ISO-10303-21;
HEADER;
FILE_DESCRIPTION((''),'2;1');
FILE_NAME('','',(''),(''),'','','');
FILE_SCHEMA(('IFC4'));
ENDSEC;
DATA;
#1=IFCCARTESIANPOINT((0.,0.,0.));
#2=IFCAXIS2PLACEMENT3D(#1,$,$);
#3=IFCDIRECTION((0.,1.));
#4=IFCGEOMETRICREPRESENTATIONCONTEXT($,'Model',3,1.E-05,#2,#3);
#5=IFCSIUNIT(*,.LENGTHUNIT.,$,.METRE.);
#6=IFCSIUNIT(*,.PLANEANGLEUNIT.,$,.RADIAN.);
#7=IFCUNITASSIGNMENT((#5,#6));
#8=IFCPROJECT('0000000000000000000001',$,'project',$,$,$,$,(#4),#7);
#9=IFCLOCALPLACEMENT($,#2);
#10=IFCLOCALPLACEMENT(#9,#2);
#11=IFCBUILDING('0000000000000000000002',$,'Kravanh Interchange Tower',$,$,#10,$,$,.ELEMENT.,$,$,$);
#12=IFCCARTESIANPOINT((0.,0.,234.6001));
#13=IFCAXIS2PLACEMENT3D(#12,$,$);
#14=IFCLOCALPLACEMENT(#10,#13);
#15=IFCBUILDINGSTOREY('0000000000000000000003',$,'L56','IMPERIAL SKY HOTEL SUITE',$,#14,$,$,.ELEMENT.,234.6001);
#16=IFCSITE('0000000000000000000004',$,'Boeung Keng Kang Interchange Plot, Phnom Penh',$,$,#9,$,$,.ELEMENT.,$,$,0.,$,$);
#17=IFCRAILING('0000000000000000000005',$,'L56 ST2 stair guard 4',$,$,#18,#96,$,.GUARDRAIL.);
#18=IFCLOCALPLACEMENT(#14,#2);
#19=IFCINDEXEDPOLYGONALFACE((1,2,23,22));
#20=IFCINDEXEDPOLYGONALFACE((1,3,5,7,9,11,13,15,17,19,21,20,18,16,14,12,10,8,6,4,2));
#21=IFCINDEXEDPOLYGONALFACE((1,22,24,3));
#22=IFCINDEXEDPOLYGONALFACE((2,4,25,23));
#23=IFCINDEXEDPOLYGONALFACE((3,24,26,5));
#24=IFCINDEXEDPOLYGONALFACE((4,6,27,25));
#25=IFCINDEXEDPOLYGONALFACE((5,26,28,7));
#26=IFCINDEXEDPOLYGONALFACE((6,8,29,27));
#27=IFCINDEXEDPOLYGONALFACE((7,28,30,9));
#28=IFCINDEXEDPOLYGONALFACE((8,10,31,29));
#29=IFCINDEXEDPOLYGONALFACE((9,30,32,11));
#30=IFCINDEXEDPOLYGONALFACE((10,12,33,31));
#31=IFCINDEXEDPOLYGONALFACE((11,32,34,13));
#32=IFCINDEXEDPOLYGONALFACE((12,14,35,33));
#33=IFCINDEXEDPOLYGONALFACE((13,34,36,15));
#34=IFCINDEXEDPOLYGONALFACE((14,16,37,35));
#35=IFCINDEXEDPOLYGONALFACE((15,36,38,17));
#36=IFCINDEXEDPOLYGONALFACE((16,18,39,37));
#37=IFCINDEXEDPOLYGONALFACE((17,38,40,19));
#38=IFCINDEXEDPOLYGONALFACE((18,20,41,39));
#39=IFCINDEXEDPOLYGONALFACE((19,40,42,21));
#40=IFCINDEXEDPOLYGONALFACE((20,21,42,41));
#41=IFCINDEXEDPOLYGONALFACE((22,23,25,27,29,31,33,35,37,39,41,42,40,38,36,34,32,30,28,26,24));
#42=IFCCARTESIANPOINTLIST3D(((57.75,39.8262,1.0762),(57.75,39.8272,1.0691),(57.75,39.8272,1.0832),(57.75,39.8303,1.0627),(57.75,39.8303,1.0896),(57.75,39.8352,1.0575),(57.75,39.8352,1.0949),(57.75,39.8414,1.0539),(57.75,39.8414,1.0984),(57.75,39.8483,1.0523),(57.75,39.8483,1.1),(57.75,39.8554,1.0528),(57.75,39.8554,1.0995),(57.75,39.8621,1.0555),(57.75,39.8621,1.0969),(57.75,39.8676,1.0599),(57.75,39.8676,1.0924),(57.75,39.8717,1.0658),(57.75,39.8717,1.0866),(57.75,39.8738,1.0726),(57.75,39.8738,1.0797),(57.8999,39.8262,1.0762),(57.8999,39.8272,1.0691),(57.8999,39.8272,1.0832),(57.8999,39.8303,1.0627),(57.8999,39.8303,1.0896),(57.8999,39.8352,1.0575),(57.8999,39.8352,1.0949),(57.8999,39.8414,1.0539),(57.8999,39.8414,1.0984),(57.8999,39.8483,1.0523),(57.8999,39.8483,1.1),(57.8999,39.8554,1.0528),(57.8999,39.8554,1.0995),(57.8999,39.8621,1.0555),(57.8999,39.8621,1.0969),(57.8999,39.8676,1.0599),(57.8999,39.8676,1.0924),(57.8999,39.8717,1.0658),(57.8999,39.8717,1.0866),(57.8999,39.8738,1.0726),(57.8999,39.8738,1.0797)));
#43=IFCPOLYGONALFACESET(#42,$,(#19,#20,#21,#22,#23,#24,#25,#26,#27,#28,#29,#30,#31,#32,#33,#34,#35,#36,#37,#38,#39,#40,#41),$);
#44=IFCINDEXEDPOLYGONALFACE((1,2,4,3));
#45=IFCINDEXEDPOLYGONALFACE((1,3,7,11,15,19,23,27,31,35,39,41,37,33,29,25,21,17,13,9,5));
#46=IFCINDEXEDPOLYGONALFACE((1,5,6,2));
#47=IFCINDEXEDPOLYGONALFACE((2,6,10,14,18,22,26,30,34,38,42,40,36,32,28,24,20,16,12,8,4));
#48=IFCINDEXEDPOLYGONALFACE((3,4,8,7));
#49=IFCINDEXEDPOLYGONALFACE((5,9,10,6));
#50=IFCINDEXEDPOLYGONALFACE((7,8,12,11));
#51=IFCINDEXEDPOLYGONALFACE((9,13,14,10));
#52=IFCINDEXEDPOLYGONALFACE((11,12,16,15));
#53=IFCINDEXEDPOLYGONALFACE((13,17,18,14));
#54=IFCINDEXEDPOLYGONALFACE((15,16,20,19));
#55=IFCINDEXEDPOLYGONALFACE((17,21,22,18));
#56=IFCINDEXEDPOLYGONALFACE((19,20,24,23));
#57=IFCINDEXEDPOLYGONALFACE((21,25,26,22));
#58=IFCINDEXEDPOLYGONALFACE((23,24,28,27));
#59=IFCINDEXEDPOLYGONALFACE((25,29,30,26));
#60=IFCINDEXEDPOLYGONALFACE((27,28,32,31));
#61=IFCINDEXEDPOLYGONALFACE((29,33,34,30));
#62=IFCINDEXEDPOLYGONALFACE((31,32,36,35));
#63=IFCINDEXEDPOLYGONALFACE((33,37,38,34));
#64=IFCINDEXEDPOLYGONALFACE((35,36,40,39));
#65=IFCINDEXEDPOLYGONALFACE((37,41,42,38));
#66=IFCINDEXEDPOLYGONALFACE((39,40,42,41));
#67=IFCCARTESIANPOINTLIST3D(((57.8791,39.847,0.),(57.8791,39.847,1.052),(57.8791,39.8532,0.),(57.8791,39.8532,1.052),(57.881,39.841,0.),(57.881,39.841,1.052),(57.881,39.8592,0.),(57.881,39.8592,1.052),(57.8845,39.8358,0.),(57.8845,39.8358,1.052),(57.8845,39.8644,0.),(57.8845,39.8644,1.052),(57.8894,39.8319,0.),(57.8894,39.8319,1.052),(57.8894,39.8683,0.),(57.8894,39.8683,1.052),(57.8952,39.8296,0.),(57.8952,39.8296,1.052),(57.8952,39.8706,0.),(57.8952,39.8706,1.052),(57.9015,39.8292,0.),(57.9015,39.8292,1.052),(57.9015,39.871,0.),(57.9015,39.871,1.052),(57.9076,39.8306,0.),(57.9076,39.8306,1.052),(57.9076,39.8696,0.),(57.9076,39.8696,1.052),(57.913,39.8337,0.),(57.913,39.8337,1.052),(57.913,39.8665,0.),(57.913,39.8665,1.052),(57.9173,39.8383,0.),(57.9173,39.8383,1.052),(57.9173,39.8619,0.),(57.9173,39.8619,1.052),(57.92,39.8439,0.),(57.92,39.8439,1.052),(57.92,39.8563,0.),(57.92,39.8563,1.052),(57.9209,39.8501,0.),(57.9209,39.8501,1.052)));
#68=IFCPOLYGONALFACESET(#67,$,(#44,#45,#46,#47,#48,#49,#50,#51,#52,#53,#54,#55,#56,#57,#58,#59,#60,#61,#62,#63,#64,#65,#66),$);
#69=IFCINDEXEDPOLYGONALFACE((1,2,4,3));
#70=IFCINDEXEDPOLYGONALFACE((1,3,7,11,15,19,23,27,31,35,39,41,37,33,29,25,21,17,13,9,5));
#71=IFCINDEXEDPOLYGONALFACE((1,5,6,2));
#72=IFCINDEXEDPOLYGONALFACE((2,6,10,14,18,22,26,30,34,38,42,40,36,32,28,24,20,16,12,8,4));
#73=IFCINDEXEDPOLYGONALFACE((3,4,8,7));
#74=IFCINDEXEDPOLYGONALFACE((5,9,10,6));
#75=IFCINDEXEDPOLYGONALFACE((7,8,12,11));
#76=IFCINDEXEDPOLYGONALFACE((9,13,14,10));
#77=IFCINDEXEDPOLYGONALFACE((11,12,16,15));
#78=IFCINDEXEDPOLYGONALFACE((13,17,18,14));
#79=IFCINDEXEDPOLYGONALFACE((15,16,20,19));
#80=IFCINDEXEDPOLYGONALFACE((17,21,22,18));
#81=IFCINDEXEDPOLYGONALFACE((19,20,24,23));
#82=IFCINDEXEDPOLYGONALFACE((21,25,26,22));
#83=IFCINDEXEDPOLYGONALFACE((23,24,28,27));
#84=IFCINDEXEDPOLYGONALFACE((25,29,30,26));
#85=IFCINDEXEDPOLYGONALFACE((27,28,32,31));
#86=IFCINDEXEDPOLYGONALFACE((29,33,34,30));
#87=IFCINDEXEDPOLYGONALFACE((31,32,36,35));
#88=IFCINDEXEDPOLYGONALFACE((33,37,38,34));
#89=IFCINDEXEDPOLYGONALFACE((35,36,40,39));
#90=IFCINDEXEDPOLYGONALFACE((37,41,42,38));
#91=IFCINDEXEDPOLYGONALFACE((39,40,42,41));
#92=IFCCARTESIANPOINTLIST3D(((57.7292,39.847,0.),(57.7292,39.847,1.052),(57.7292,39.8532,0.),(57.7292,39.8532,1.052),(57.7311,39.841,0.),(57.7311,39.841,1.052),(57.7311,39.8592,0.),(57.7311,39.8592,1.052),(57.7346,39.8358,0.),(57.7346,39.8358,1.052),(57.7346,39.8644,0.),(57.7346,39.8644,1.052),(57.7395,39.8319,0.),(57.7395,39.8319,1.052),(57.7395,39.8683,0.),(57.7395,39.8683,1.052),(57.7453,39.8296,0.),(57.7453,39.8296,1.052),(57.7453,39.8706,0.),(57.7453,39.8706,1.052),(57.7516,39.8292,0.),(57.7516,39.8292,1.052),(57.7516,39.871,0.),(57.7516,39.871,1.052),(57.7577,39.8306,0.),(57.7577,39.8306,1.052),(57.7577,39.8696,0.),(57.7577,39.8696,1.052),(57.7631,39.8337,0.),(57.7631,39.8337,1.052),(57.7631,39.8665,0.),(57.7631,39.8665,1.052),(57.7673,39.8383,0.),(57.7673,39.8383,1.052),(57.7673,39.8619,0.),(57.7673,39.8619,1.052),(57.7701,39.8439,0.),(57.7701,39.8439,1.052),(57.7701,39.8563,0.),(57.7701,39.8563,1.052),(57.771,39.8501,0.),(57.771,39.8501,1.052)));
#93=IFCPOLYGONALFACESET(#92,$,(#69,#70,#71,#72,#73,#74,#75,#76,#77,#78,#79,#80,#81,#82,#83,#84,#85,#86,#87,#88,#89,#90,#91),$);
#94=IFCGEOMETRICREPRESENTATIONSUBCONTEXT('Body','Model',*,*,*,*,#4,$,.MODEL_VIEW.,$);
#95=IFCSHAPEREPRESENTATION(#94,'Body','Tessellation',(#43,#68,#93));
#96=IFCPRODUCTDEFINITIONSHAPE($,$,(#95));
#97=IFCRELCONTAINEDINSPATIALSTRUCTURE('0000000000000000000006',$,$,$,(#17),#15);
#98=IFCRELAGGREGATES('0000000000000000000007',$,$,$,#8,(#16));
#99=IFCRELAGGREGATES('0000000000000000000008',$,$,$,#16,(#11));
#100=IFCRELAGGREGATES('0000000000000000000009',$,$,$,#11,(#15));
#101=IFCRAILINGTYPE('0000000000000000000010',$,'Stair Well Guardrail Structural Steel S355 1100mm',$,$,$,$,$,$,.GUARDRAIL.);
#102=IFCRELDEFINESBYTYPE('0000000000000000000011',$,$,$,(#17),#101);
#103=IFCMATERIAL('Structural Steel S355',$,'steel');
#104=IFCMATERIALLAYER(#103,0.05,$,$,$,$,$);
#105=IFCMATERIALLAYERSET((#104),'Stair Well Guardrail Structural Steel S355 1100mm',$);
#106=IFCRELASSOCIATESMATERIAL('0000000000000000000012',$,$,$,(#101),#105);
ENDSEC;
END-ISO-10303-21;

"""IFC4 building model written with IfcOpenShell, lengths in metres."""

from ifc_helpers import new_model, si_unit, direction, frame, origin, origin_2d, place, context, subcontext, project, spatial, circle, extrude, material, layer, layer_set, type_object, element, save


model = new_model("IFC4")

# Units and contexts
model_context = context("Model", 3, precision=1e-05, world=origin(), true_north=direction((0.0, 1.0)))
body_context = subcontext(model_context, "Body", "Model", "MODEL_VIEW")
ifc_project = project(units=[si_unit("LENGTHUNIT", "METRE"), si_unit("PLANEANGLEUNIT", "RADIAN")], contexts=[model_context])

# Site, building, storey
site_placement = place(None, origin())
site = spatial("IfcSite", under=ifc_project, at=site_placement, Name="Boeung Keng Kang Interchange Plot, Phnom Penh", CompositionType="ELEMENT", RefElevation=0.0)
building_placement = place(site_placement, origin())
building = spatial("IfcBuilding", under=site, at=building_placement, Name="Kravanh Interchange Tower", CompositionType="ELEMENT")
storey_placement = place(building_placement, frame((0.0, 0.0, 234.6001)))
storey = spatial("IfcBuildingStorey", under=building, at=storey_placement, Name="L56", Description="IMPERIAL SKY HOTEL SUITE", CompositionType="ELEMENT", Elevation=234.6001)

# Railing
ifc_material_1 = material(Name="Structural Steel S355", Category="steel")
ifc_layer_1 = layer(ifc_material_1, 0.05)
ifc_layer_set_1 = layer_set([ifc_layer_1], Name="Stair Well Guardrail Structural Steel S355 1100mm")
railing_type_1 = type_object("IfcRailingType", Name="Stair Well Guardrail Structural Steel S355 1100mm", PredefinedType="GUARDRAIL", material=ifc_layer_set_1)
railing_1_placement = place(storey_placement, frame((57.8999, 39.8501, 0.0)))
element("IfcRailing", 1, at=railing_1_placement, inside=storey, type_object=railing_type_1, Name="L56 ST2 stair guard 4", PredefinedType="GUARDRAIL", context=body_context, shape_type="SweptSolid", body=[
    extrude(circle(Radius=0.0239, at=origin_2d()), frame((0.0, 0.0, 1.0762), z_axis=(-1.0, 0.0, 0.0), x_axis=(0.0, -1.0, 0.0)), (0.0, 0.0, 1.0), 0.1499),
    extrude(circle(Radius=0.021, at=origin_2d()), origin(), (0.0, 0.0, 1.0), 1.052),
    extrude(circle(Radius=0.021, at=origin_2d()), frame((-0.1499, 0.0, 0.0)), (0.0, 0.0, 1.0), 1.052),
])

save(model, "model.ifc")
